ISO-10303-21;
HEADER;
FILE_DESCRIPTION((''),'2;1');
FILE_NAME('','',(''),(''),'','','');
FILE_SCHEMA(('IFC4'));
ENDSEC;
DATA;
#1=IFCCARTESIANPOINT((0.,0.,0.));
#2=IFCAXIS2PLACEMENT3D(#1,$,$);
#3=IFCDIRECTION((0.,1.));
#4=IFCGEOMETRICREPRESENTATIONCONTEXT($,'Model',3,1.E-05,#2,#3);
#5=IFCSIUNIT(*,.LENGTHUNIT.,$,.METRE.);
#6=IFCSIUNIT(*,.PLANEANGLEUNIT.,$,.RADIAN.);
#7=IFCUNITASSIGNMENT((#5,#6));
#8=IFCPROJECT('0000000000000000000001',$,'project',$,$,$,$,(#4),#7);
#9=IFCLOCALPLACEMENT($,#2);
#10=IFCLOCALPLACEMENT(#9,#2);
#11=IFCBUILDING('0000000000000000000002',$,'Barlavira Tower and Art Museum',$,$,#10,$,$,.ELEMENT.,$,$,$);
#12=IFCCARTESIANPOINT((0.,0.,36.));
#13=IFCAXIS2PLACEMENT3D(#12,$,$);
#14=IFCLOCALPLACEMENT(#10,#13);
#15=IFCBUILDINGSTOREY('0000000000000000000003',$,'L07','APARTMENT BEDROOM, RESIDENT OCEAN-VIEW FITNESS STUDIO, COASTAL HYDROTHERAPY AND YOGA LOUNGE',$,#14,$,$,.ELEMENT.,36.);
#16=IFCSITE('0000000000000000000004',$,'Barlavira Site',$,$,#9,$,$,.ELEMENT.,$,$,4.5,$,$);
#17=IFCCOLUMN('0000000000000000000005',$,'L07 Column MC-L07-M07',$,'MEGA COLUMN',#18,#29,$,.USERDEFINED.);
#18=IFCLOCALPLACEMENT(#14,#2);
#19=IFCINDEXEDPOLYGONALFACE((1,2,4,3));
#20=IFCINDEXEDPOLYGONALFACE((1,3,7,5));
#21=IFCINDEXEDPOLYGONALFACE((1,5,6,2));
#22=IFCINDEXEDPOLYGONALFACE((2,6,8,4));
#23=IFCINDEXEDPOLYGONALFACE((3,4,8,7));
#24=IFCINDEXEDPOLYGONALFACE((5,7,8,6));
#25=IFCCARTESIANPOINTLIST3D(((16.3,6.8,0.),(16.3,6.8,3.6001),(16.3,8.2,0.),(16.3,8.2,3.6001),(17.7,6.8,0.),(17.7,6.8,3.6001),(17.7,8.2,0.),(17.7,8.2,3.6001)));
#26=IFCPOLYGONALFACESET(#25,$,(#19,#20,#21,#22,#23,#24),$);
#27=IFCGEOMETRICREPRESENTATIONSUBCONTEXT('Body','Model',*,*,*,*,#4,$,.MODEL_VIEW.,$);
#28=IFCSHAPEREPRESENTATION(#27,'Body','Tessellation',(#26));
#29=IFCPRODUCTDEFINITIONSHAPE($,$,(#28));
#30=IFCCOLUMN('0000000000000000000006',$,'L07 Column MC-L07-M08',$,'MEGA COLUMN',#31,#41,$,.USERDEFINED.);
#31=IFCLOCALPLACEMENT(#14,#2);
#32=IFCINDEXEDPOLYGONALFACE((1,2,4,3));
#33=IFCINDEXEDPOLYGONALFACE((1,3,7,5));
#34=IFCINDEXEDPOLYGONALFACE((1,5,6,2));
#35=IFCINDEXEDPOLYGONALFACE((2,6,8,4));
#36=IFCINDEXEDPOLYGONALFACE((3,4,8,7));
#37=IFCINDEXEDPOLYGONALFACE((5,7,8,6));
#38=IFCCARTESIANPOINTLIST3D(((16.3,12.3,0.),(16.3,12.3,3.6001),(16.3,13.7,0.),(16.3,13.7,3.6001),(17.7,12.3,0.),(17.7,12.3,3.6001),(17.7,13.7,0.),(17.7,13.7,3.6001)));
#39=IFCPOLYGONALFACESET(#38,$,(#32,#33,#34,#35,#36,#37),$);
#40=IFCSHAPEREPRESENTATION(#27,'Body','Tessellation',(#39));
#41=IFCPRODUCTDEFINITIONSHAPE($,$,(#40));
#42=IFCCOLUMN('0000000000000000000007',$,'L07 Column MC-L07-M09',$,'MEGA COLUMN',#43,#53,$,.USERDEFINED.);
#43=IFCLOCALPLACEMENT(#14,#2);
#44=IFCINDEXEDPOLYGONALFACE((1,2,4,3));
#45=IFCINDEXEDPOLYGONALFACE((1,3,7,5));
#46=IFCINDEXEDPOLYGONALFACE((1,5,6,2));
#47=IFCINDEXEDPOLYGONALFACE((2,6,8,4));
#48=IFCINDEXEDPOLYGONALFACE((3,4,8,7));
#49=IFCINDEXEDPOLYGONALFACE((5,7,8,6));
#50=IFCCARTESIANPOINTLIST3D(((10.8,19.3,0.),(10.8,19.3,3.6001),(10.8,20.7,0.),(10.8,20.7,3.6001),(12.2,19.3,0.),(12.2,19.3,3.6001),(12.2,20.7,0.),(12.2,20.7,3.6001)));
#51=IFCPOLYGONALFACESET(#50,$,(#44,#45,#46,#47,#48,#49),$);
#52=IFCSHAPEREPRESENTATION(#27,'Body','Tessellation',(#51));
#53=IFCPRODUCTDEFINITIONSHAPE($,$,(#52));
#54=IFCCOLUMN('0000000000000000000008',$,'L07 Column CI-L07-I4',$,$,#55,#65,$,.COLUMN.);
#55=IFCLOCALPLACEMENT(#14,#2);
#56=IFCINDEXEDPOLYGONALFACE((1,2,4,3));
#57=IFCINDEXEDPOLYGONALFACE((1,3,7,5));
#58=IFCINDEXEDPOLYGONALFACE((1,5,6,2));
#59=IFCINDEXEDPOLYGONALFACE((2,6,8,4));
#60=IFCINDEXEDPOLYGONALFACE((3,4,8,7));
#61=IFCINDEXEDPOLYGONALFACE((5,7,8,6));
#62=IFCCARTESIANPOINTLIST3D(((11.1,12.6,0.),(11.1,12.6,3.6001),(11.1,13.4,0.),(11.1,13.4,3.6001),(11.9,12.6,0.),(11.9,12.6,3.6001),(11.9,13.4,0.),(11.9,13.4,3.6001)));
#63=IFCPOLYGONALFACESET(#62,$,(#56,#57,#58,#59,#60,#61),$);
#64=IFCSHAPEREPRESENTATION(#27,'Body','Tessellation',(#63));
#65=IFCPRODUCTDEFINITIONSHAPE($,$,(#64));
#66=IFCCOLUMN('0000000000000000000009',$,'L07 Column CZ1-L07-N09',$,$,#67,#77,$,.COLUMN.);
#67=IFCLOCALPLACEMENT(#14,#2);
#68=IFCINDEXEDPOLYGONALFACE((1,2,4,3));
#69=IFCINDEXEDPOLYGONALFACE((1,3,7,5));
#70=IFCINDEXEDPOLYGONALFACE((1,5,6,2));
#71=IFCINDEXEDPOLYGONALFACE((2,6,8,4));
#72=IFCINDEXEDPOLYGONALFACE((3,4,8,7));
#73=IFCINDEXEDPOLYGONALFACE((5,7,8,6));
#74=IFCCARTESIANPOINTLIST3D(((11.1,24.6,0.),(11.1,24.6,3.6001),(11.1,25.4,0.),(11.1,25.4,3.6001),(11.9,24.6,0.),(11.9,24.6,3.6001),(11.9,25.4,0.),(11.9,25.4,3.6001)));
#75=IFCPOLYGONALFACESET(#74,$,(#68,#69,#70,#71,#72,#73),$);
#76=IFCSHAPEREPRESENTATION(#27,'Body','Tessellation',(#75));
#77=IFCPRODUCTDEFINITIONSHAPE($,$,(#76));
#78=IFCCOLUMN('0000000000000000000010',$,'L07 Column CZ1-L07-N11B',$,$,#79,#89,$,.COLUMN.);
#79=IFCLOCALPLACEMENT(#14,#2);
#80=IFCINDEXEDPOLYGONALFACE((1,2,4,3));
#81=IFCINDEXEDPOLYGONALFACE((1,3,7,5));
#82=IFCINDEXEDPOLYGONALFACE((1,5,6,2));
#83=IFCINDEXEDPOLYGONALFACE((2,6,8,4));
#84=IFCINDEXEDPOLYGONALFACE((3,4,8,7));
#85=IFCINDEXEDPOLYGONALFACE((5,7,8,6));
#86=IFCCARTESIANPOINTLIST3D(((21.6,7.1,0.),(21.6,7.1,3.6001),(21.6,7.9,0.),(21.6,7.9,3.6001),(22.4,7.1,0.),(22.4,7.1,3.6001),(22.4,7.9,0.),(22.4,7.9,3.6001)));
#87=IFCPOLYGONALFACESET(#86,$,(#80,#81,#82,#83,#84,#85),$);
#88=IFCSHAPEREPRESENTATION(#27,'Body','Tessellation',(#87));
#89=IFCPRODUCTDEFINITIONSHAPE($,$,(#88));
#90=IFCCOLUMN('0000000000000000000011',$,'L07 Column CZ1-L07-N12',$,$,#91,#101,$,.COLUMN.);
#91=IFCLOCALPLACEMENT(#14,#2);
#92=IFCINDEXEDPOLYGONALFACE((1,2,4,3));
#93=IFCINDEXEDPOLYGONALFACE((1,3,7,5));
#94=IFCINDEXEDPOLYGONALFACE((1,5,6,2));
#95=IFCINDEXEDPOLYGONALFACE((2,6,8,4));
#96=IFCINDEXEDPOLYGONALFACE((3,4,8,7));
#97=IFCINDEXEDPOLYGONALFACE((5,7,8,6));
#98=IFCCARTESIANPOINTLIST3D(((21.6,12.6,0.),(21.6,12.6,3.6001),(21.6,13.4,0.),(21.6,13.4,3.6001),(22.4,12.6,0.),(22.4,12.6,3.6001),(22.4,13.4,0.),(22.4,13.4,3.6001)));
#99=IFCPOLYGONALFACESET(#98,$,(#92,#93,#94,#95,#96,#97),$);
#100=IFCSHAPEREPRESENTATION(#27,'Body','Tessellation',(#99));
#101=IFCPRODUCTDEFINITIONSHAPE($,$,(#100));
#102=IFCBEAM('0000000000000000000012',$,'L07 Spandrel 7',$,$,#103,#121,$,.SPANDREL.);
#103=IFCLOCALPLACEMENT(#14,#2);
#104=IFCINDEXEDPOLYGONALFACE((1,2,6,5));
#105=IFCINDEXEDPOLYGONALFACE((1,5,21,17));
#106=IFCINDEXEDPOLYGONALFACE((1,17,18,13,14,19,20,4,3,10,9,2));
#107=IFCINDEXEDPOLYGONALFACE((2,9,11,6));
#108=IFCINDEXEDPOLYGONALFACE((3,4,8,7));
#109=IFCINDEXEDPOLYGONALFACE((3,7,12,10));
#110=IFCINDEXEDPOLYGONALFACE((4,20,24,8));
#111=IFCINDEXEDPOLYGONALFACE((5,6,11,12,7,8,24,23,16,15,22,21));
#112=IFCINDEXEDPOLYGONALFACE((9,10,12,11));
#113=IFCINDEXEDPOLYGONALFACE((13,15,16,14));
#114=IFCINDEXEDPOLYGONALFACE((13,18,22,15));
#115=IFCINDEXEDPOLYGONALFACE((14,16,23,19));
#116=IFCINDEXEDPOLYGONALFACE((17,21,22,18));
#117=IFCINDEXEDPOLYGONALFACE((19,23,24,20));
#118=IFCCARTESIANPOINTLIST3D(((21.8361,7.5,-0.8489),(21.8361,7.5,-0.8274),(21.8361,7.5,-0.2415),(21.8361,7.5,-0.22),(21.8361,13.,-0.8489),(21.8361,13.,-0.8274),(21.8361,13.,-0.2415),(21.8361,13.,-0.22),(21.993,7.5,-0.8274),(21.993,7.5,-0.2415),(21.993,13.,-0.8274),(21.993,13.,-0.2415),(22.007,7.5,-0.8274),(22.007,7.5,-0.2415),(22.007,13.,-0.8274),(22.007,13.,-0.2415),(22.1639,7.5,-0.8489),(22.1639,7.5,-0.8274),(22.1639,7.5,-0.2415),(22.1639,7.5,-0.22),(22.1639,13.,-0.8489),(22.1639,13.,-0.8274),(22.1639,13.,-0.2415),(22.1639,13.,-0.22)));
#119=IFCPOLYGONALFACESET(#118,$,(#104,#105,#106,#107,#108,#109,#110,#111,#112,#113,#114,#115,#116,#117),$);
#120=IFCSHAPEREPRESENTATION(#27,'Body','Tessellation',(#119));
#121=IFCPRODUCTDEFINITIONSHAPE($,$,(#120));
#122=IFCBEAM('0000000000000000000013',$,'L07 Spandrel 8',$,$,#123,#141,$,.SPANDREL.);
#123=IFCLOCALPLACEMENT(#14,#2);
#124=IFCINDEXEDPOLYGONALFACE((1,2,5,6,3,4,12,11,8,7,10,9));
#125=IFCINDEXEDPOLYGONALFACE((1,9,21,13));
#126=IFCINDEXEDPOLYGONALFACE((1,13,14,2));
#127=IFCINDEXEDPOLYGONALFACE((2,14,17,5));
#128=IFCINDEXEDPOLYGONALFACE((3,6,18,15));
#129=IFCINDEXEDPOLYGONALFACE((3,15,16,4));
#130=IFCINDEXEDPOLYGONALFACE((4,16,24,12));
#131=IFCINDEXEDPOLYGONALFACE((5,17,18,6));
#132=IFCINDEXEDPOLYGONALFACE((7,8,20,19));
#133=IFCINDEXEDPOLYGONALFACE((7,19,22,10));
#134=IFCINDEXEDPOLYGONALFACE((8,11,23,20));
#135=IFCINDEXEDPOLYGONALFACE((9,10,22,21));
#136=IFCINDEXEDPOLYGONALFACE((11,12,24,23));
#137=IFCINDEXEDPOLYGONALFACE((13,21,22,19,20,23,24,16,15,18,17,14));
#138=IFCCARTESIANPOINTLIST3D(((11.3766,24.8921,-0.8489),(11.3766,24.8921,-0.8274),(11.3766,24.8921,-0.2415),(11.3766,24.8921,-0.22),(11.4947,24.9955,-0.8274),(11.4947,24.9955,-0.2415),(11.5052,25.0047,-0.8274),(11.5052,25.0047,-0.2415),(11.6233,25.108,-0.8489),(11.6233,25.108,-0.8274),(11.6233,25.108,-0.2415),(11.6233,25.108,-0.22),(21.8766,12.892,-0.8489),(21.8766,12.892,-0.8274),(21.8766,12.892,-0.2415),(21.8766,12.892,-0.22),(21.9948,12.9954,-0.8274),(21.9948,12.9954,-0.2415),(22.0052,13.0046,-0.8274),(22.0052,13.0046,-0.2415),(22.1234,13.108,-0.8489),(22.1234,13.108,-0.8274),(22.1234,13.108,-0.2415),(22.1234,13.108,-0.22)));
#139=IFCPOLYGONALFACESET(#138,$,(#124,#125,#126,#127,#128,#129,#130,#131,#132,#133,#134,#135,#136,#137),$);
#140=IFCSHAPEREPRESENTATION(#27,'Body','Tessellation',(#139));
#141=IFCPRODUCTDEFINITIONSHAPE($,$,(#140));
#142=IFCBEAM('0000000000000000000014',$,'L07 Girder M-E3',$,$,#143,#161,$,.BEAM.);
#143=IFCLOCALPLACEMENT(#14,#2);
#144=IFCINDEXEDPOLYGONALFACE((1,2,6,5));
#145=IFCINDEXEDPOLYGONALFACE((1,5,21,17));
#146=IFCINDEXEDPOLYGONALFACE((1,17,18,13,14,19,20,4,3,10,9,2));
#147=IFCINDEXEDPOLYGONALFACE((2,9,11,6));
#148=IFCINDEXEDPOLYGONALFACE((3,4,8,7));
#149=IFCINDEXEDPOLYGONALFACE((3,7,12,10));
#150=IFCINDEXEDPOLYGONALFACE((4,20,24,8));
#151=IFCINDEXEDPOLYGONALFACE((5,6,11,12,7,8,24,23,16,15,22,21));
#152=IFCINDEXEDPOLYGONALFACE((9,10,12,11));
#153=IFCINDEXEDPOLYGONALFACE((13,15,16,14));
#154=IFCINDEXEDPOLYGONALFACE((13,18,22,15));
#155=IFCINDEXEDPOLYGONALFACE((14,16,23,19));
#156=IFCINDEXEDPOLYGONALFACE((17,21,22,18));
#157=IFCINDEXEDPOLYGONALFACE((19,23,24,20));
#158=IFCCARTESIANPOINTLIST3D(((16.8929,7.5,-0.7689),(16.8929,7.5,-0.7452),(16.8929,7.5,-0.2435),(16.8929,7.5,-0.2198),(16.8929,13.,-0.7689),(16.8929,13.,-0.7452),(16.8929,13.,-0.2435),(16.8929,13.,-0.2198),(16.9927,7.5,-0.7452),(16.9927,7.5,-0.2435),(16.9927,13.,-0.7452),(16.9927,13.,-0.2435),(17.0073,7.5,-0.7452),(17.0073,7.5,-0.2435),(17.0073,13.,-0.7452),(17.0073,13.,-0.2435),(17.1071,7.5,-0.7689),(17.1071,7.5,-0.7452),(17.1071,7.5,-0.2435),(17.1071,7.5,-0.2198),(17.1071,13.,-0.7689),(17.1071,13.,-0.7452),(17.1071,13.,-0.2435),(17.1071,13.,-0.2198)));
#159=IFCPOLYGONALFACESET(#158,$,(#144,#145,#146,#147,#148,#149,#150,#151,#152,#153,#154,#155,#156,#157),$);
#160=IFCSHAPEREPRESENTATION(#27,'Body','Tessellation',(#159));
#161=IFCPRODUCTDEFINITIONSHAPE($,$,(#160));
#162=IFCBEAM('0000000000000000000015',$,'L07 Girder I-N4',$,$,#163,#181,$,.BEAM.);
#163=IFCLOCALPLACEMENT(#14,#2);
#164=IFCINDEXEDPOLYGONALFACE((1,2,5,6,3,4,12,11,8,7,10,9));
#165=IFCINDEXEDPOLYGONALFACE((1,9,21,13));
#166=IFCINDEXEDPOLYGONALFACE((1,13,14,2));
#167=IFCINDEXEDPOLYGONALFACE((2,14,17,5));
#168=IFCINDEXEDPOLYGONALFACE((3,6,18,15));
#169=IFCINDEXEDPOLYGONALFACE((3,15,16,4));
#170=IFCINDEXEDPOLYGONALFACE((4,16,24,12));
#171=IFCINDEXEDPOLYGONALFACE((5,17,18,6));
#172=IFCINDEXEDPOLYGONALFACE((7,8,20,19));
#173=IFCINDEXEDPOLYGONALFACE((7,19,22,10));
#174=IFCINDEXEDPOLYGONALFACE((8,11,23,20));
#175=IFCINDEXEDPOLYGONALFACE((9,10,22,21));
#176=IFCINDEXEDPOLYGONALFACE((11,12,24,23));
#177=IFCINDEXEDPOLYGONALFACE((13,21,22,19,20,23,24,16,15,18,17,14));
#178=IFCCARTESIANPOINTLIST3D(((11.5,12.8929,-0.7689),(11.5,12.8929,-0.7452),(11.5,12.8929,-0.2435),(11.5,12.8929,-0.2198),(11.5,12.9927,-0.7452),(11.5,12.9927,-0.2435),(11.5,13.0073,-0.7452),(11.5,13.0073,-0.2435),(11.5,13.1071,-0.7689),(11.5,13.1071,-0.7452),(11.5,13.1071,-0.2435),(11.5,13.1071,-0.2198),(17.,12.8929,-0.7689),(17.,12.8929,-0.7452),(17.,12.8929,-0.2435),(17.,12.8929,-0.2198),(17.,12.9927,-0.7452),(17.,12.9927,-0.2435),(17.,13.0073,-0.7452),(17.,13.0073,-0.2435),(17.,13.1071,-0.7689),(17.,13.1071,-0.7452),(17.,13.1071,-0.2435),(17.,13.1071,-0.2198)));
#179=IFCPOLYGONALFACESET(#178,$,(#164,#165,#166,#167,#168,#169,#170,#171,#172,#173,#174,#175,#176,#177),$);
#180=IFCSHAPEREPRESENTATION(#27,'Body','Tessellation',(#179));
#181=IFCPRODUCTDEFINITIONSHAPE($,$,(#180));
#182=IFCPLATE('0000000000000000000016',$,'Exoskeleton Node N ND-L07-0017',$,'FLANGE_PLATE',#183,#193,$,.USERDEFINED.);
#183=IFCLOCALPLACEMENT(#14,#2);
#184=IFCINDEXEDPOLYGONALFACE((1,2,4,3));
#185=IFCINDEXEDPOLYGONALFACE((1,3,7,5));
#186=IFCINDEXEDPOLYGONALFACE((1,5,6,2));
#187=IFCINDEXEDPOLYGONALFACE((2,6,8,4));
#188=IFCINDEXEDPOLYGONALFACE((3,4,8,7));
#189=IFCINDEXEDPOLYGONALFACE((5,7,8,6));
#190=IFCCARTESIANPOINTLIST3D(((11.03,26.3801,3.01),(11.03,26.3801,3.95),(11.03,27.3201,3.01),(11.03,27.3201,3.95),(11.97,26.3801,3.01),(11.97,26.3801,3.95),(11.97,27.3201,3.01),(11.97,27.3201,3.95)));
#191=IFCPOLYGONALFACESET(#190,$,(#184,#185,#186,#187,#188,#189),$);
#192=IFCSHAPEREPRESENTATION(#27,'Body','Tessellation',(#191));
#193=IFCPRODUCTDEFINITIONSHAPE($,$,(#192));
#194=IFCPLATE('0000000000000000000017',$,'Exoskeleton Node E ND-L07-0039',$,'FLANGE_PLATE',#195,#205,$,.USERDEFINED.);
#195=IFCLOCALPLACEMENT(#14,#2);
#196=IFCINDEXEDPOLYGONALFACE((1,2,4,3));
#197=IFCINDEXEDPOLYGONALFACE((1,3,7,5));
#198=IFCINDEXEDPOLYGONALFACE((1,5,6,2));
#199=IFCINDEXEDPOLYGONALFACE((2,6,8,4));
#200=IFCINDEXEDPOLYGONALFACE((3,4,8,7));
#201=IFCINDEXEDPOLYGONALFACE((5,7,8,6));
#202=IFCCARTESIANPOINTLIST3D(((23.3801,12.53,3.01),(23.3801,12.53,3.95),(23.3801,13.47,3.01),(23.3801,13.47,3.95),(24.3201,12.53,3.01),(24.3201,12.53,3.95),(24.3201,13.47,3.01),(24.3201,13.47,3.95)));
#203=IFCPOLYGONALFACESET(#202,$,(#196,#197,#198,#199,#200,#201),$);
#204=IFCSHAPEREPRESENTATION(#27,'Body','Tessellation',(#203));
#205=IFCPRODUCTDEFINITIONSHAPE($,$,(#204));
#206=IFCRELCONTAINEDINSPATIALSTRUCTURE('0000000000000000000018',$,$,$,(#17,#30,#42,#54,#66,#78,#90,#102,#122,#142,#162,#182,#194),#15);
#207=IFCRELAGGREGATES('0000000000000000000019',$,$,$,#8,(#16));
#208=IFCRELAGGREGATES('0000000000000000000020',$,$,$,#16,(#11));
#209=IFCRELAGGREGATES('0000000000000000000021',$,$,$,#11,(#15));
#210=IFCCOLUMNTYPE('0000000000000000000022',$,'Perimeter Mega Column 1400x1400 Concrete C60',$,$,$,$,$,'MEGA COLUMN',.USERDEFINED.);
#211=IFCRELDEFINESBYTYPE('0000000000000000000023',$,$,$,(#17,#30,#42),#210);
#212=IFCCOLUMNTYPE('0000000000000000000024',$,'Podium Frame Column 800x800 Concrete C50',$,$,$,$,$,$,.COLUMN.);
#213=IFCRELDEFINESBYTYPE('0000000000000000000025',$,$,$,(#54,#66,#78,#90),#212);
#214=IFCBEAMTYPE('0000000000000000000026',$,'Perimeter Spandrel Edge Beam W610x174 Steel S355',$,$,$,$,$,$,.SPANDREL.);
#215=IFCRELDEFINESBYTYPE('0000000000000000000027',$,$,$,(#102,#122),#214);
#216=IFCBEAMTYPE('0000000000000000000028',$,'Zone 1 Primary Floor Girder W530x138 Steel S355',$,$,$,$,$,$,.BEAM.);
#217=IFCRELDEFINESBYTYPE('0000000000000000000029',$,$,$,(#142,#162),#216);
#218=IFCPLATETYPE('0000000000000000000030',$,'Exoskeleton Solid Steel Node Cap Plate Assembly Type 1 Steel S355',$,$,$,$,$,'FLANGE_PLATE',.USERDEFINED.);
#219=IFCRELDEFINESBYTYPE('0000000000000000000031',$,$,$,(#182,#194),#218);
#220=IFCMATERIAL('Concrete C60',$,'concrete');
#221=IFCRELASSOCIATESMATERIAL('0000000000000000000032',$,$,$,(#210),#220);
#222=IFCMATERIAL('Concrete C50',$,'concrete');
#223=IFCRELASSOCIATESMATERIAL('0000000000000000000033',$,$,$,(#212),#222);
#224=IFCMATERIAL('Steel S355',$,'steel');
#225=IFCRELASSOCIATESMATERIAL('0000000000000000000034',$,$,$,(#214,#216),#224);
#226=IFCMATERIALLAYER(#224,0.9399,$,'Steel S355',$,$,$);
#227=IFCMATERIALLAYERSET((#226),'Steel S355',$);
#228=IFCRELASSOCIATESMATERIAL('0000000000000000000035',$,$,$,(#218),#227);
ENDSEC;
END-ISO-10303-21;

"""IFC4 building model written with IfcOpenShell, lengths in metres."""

from ifc_helpers import new_model, si_unit, direction, frame, origin, origin_2d, place, context, subcontext, project, spatial, rectangle, i_section, extrude, material, layer, layer_set, material_profile, profile_set, type_object, element, save


model = new_model("IFC4")

# Units and contexts
model_context = context("Model", 3, precision=1e-05, world=origin(), true_north=direction((0.0, 1.0)))
body_context = subcontext(model_context, "Body", "Model", "MODEL_VIEW")
ifc_project = project(units=[si_unit("LENGTHUNIT", "METRE"), si_unit("PLANEANGLEUNIT", "RADIAN")], contexts=[model_context])

# Site, building, storey
site_placement = place(None, origin())
site = spatial("IfcSite", under=ifc_project, at=site_placement, Name="Barlavira Site", CompositionType="ELEMENT", RefElevation=4.5)
building_placement = place(site_placement, origin())
building = spatial("IfcBuilding", under=site, at=building_placement, Name="Barlavira Tower and Art Museum", CompositionType="ELEMENT")
storey_placement = place(building_placement, frame((0.0, 0.0, 36.0)))
storey = spatial("IfcBuildingStorey", under=building, at=storey_placement, Name="L07", Description="APARTMENT BEDROOM, RESIDENT OCEAN-VIEW FITNESS STUDIO, COASTAL HYDROTHERAPY AND YOGA LOUNGE", CompositionType="ELEMENT", Elevation=36.0)

# Columns
ifc_material_1 = material(Name="Concrete C60", Category="concrete")
ifc_material_profile_1 = material_profile(ifc_material_1, rectangle(XDim=1.3999, YDim=1.3999, at=origin_2d()), Name="RC-MCOL 1400x1400")
ifc_profile_set_1 = profile_set([ifc_material_profile_1], Name="Concrete C60")
column_type_1 = type_object("IfcColumnType", Name="Perimeter Mega Column 1400x1400 Concrete C60", ElementType="MEGA COLUMN", PredefinedType="USERDEFINED", material=ifc_profile_set_1)
for number, where, z_axis, x_axis, name in (
    (1, (17.0, 7.5, 0.0), (0.0, 0.0, 1.0), (1.0, 0.0, 0.0), "L07 Column MC-L07-M07"),
    (2, (17.0, 13.0, 0.0), (0.0, 0.0, 1.0), (1.0, 0.0, 0.0), "L07 Column MC-L07-M08"),
    (3, (11.5, 20.0, 0.0), (0.0, 0.0, 1.0), (1.0, 0.0, 0.0), "L07 Column MC-L07-M09"),
):
    element("IfcColumn", number, at=place(storey_placement, frame(where, z_axis=z_axis, x_axis=x_axis)), inside=storey, type_object=column_type_1, Name=name, ObjectType="MEGA COLUMN", PredefinedType="USERDEFINED", context=body_context, shape_type="SweptSolid", body=[
        extrude(rectangle(XDim=1.3999, YDim=1.3999, at=origin_2d()), origin(), (0.0, 0.0, 1.0), 3.6001),
    ])
ifc_material_2 = material(Name="Concrete C50", Category="concrete")
ifc_material_profile_2 = material_profile(ifc_material_2, rectangle(XDim=0.8, YDim=0.8, at=origin_2d()), Name="RC-COL 800x800")
ifc_profile_set_2 = profile_set([ifc_material_profile_2], Name="Concrete C50")
column_type_2 = type_object("IfcColumnType", Name="Podium Frame Column 800x800 Concrete C50", PredefinedType="COLUMN", material=ifc_profile_set_2)
for number, where, z_axis, x_axis, name in (
    (4, (11.5, 13.0, 0.0), (0.0, 0.0, 1.0), (1.0, 0.0, 0.0), "L07 Column CI-L07-I4"),
    (5, (11.5, 25.0, 0.0), (0.0, 0.0, 1.0), (1.0, 0.0, 0.0), "L07 Column CZ1-L07-N09"),
    (6, (22.0, 7.5, 0.0), (0.0, 0.0, 1.0), (1.0, 0.0, 0.0), "L07 Column CZ1-L07-N11B"),
    (7, (22.0, 13.0, 0.0), (0.0, 0.0, 1.0), (1.0, 0.0, 0.0), "L07 Column CZ1-L07-N12"),
):
    element("IfcColumn", number, at=place(storey_placement, frame(where, z_axis=z_axis, x_axis=x_axis)), inside=storey, type_object=column_type_2, Name=name, PredefinedType="COLUMN", context=body_context, shape_type="SweptSolid", body=[
        extrude(rectangle(XDim=0.8, YDim=0.8, at=origin_2d()), origin(), (0.0, 0.0, 1.0), 3.6001),
    ])

# Beams
ifc_material_3 = material(Name="Steel S355", Category="steel")
ifc_material_profile_3 = material_profile(ifc_material_3, i_section(OverallWidth=0.3279, OverallDepth=0.6289, WebThickness=0.0139, FlangeThickness=0.0215, at=origin_2d()), Name="W610x174.0")
ifc_profile_set_3 = profile_set([ifc_material_profile_3], Name="Steel S355")
beam_type_1 = type_object("IfcBeamType", Name="Perimeter Spandrel Edge Beam W610x174 Steel S355", PredefinedType="SPANDREL", material=ifc_profile_set_3)
beam_1_placement = place(storey_placement, frame((22.0, 7.5, -0.5344), z_axis=(0.0, 1.0, 0.0), x_axis=(-1.0, 0.0, 0.0)))
element("IfcBeam", 8, at=beam_1_placement, inside=storey, type_object=beam_type_1, Name="L07 Spandrel 7", PredefinedType="SPANDREL", context=body_context, shape_type="SweptSolid", body=[
    extrude(i_section(OverallWidth=0.3279, OverallDepth=0.6289, WebThickness=0.0139, FlangeThickness=0.0215, at=origin_2d()), origin(), (0.0, 0.0, 1.0), 5.5),
])
beam_2_placement = place(storey_placement, frame((22.0, 13.0, -0.5344), z_axis=(-0.658505, 0.752577, 0.0), x_axis=(-0.752577, -0.658505, 0.0)))
element("IfcBeam", 9, at=beam_2_placement, inside=storey, type_object=beam_type_1, Name="L07 Spandrel 8", PredefinedType="SPANDREL", context=body_context, shape_type="SweptSolid", body=[
    extrude(i_section(OverallWidth=0.3279, OverallDepth=0.6289, WebThickness=0.0139, FlangeThickness=0.0215, at=origin_2d()), origin(), (0.0, 0.0, 1.0), 15.9453),
])
ifc_material_profile_4 = material_profile(ifc_material_3, i_section(OverallWidth=0.2141, OverallDepth=0.5491, WebThickness=0.0146, FlangeThickness=0.0237, at=origin_2d()), Name="W530x138.0")
ifc_profile_set_4 = profile_set([ifc_material_profile_4], Name="Steel S355")
beam_type_2 = type_object("IfcBeamType", Name="Zone 1 Primary Floor Girder W530x138 Steel S355", PredefinedType="BEAM", material=ifc_profile_set_4)
for number, where, z_axis, x_axis, name in (
    (10, (17.0, 7.5, -0.4944), (0.0, 1.0, 0.0), (-1.0, 0.0, 0.0), "L07 Girder M-E3"),
    (11, (11.5, 13.0, -0.4944), (1.0, 0.0, 0.0), (0.0, 1.0, 0.0), "L07 Girder I-N4"),
):
    element("IfcBeam", number, at=place(storey_placement, frame(where, z_axis=z_axis, x_axis=x_axis)), inside=storey, type_object=beam_type_2, Name=name, PredefinedType="BEAM", context=body_context, shape_type="SweptSolid", body=[
        extrude(i_section(OverallWidth=0.2141, OverallDepth=0.5491, WebThickness=0.0146, FlangeThickness=0.0237, at=origin_2d()), origin(), (0.0, 0.0, 1.0), 5.5),
    ])

# Plates
ifc_layer_1 = layer(ifc_material_3, 0.9399, Name="Steel S355")
ifc_layer_set_1 = layer_set([ifc_layer_1], Name="Steel S355")
plate_type = type_object("IfcPlateType", Name="Exoskeleton Solid Steel Node Cap Plate Assembly Type 1 Steel S355", ElementType="FLANGE_PLATE", PredefinedType="USERDEFINED", material=ifc_layer_set_1)
for number, where, z_axis, x_axis, name in (
    (12, (11.5, 26.8501, 3.01), (0.0, 0.0, 1.0), (1.0, 0.0, 0.0), "Exoskeleton Node N ND-L07-0017"),
    (13, (23.8501, 13.0, 3.01), (0.0, 0.0, 1.0), (1.0, 0.0, 0.0), "Exoskeleton Node E ND-L07-0039"),
):
    element("IfcPlate", number, at=place(storey_placement, frame(where, z_axis=z_axis, x_axis=x_axis)), inside=storey, type_object=plate_type, Name=name, ObjectType="FLANGE_PLATE", PredefinedType="USERDEFINED", context=body_context, shape_type="SweptSolid", body=[
        extrude(rectangle(XDim=0.9399, YDim=0.9399, at=origin_2d()), origin(), (0.0, 0.0, 1.0), 0.9399),
    ])

save(model, "model.ifc")
